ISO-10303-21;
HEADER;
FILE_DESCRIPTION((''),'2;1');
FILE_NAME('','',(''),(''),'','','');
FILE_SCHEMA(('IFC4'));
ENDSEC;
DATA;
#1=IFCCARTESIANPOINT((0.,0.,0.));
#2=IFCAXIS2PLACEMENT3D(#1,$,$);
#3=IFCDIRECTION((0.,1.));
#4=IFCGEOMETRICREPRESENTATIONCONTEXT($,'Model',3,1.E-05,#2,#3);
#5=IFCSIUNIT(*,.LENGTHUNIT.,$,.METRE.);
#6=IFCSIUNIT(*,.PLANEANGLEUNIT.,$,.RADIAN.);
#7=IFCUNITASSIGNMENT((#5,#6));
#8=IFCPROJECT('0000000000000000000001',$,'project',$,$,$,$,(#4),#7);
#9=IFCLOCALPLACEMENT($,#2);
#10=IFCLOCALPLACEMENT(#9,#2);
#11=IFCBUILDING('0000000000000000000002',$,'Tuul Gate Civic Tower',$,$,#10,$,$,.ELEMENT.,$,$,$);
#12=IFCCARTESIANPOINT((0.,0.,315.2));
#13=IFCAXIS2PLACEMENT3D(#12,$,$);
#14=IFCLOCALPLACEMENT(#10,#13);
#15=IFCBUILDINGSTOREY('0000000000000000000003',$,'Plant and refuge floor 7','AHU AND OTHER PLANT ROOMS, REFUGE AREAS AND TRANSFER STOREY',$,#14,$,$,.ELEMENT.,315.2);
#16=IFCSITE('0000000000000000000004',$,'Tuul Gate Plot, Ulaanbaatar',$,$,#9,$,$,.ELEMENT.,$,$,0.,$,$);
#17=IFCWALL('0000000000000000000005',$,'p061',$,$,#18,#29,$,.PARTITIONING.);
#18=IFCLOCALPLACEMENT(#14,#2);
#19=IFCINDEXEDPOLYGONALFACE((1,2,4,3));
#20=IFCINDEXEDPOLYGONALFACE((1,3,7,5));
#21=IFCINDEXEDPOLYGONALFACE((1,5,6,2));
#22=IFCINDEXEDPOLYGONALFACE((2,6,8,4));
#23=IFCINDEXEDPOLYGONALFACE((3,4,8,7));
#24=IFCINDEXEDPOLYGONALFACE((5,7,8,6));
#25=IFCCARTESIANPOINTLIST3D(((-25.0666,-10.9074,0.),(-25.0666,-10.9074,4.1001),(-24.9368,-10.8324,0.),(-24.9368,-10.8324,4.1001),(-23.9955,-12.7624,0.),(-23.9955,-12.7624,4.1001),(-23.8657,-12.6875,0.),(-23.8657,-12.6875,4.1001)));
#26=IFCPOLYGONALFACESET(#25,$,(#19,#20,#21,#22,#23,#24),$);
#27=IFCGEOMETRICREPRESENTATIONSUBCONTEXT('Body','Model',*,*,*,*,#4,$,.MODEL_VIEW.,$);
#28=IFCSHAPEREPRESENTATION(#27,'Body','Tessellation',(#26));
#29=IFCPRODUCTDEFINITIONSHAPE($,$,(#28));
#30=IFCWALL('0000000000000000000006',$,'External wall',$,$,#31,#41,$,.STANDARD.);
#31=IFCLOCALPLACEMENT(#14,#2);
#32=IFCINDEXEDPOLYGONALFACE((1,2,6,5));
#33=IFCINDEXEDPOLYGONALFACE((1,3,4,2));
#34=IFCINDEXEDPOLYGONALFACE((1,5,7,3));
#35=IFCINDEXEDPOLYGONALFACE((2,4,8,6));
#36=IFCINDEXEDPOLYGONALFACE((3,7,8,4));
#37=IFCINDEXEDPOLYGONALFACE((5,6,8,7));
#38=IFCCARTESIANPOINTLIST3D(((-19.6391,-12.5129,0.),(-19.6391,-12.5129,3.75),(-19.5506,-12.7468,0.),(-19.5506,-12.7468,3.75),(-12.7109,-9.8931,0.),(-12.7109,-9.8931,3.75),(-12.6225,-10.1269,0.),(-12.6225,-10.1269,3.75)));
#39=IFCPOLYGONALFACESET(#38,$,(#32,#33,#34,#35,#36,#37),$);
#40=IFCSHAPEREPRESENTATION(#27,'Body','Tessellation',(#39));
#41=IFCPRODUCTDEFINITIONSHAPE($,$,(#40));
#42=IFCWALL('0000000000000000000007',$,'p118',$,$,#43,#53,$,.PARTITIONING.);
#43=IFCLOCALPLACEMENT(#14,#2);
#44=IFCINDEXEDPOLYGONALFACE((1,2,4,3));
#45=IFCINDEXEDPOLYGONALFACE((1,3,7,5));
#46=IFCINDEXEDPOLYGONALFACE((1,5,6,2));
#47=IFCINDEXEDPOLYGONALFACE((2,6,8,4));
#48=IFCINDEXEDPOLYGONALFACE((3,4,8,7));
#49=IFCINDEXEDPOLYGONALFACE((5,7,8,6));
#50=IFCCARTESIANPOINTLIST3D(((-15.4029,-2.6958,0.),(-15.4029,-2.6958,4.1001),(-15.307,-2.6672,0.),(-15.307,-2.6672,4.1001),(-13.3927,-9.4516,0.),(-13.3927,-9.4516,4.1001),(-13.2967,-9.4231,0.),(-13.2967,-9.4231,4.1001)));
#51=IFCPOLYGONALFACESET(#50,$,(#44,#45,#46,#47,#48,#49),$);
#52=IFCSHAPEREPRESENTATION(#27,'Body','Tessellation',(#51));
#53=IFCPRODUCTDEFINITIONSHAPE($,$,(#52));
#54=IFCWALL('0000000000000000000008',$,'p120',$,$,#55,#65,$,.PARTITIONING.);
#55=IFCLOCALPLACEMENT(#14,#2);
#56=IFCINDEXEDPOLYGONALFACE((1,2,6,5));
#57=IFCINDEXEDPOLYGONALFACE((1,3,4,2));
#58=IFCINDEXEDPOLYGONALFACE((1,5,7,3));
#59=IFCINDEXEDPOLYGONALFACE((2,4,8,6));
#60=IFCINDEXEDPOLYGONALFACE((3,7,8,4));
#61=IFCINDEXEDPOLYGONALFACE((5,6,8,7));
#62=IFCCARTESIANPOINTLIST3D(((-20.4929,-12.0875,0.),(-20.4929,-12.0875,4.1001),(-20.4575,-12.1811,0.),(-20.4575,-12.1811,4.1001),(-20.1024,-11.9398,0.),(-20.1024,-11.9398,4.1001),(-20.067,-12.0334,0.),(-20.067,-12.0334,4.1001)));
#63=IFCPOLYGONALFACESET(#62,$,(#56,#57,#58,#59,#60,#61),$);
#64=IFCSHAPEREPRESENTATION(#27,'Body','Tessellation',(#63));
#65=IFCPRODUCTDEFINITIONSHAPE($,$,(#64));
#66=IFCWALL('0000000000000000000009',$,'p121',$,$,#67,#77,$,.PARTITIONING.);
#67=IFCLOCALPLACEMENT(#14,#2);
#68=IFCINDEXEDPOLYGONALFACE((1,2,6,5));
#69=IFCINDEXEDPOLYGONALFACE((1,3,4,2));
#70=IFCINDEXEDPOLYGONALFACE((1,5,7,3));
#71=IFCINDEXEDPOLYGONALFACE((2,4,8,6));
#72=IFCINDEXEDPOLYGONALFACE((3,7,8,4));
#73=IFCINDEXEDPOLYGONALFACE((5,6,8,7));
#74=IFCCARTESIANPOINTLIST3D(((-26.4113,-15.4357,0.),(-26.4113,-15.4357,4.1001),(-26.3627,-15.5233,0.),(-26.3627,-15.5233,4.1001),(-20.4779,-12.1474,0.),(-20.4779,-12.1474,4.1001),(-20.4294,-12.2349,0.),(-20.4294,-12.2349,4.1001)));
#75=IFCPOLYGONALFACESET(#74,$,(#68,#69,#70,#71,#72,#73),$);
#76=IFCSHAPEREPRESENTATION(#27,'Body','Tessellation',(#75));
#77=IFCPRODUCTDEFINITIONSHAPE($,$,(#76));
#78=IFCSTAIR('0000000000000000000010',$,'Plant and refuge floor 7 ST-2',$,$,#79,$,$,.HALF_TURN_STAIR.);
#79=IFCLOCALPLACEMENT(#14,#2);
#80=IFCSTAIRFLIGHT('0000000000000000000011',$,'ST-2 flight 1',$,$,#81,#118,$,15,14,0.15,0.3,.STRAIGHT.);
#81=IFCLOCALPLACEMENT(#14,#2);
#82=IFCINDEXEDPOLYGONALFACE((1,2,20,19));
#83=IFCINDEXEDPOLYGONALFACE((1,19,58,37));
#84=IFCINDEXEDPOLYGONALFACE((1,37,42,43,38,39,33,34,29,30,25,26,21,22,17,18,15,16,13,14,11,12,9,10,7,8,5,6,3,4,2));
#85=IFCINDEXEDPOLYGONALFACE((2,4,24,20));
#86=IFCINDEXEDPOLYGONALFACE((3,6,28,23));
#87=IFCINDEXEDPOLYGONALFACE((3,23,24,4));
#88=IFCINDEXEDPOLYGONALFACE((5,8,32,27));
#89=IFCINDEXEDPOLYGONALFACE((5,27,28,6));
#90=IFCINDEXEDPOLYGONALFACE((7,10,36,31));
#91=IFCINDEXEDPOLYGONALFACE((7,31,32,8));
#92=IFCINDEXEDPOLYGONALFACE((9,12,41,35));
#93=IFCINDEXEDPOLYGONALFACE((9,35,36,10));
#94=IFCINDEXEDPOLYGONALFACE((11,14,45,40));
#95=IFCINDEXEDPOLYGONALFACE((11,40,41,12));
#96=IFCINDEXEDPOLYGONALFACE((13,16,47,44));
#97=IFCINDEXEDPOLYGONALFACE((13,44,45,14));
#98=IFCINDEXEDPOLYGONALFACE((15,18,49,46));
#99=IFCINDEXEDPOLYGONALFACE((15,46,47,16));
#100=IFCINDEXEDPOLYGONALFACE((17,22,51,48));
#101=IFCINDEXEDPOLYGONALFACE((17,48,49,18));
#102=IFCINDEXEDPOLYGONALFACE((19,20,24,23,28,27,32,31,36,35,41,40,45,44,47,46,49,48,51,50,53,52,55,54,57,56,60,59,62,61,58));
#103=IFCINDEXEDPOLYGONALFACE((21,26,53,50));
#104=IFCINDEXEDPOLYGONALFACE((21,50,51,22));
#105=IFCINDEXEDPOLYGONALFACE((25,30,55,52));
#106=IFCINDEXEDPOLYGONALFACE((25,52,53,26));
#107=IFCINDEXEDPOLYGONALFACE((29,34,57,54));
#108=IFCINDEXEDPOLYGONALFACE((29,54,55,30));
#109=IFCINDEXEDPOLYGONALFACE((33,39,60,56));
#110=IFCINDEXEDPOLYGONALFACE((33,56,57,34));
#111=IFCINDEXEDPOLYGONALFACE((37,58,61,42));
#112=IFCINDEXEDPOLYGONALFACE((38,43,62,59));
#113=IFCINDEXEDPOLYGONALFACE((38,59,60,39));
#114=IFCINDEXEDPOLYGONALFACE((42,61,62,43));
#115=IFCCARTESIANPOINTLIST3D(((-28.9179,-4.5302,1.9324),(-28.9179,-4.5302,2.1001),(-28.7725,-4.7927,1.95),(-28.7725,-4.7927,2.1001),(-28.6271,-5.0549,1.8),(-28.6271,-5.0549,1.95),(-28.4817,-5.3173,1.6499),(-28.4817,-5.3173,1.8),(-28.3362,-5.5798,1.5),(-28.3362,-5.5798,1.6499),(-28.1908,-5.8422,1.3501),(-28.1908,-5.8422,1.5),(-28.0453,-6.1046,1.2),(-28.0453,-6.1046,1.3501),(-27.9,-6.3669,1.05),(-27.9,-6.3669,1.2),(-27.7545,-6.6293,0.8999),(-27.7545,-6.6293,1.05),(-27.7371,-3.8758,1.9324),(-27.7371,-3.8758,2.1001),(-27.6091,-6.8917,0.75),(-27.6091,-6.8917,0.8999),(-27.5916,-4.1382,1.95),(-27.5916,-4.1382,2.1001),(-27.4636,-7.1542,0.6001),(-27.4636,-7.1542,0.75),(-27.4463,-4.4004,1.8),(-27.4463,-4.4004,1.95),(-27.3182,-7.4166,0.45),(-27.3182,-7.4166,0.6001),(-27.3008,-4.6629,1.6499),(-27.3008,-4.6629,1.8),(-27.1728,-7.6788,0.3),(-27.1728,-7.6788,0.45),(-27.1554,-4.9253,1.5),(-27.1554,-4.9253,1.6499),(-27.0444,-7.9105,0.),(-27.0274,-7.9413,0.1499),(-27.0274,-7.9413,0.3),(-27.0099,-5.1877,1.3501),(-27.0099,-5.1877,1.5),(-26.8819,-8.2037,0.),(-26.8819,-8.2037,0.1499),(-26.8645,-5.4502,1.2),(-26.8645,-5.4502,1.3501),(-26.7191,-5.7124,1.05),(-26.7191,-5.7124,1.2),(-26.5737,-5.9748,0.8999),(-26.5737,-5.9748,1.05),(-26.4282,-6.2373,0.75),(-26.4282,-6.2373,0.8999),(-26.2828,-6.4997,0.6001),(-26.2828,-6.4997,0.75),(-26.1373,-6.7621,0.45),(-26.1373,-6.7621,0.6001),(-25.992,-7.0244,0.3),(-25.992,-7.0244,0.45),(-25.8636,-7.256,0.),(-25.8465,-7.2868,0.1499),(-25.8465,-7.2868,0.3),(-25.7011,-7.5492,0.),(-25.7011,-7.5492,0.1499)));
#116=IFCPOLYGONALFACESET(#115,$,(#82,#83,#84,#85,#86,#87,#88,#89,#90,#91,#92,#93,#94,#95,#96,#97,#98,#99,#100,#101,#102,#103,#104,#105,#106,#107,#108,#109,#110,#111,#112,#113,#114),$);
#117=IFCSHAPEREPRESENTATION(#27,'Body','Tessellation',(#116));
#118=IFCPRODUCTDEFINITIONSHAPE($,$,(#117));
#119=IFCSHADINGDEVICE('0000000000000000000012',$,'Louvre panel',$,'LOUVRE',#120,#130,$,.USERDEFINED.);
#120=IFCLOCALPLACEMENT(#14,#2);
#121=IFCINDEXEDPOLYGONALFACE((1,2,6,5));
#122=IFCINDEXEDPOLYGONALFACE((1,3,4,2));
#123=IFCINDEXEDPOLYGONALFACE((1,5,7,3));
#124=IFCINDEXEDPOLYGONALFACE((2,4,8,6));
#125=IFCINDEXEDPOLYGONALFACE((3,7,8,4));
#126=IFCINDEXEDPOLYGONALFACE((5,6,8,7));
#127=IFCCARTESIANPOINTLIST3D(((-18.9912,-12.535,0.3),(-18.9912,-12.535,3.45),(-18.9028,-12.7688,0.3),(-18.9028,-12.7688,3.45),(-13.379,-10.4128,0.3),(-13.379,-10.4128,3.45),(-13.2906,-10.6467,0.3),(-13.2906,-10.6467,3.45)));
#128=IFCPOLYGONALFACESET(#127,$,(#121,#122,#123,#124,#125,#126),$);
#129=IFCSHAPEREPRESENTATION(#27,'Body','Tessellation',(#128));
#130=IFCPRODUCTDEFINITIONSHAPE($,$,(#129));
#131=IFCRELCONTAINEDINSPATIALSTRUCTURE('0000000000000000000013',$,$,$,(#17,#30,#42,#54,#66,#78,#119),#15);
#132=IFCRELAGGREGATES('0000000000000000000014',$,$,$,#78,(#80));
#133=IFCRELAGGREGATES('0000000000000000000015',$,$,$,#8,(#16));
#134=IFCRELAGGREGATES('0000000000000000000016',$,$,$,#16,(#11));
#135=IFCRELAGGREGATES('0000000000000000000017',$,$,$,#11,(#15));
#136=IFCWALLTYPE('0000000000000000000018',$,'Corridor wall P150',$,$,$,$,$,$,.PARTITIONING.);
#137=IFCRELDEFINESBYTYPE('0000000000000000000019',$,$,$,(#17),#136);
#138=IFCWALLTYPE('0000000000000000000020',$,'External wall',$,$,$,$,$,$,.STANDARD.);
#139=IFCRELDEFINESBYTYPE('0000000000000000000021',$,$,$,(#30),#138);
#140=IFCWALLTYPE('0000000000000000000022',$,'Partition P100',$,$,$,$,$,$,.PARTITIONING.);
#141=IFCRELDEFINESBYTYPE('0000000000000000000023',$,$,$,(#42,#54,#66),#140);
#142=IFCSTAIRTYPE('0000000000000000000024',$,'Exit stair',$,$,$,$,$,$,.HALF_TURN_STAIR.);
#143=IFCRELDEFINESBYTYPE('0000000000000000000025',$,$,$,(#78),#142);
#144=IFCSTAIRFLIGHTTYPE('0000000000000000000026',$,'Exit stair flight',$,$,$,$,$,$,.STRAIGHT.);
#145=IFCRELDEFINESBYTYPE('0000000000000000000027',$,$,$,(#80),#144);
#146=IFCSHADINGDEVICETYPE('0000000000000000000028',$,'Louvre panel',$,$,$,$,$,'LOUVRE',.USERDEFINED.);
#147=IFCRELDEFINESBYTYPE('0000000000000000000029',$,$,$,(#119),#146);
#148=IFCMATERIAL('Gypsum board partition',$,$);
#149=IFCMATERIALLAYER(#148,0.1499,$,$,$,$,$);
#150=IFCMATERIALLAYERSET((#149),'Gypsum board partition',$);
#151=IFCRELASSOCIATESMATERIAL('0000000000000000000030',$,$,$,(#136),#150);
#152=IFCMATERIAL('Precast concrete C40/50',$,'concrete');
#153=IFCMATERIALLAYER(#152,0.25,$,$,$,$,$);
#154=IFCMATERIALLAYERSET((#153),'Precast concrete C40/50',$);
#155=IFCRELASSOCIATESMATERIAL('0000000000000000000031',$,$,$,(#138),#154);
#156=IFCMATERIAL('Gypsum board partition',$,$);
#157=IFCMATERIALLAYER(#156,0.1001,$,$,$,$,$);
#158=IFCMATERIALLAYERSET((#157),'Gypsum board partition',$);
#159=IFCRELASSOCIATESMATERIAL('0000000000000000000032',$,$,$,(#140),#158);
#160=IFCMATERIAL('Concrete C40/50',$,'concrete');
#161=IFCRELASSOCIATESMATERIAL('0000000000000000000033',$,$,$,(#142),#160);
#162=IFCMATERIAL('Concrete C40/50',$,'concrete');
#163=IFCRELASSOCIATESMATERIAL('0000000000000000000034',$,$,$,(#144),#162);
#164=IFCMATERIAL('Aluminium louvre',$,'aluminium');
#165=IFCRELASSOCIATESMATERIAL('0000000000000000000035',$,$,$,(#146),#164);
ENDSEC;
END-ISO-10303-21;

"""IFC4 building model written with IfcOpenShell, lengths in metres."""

from ifc_helpers import new_model, si_unit, direction, frame, frame_2d, origin, origin_2d, place, context, subcontext, project, spatial, polyline, rectangle, outline, extrude, material, layer, layer_set, type_object, element, aggregate, save


model = new_model("IFC4")

# Units and contexts
model_context = context("Model", 3, precision=1e-05, world=origin(), true_north=direction((0.0, 1.0)))
body_context = subcontext(model_context, "Body", "Model", "MODEL_VIEW")
ifc_project = project(units=[si_unit("LENGTHUNIT", "METRE"), si_unit("PLANEANGLEUNIT", "RADIAN")], contexts=[model_context])

# Site, building, storey
site_placement = place(None, origin())
site = spatial("IfcSite", under=ifc_project, at=site_placement, Name="Tuul Gate Plot, Ulaanbaatar", CompositionType="ELEMENT", RefElevation=0.0)
building_placement = place(site_placement, origin())
building = spatial("IfcBuilding", under=site, at=building_placement, Name="Tuul Gate Civic Tower", CompositionType="ELEMENT")
storey_placement = place(building_placement, frame((0.0, 0.0, 315.2)))
storey = spatial("IfcBuildingStorey", under=building, at=storey_placement, Name="Plant and refuge floor 7", Description="AHU AND OTHER PLANT ROOMS, REFUGE AREAS AND TRANSFER STOREY", CompositionType="ELEMENT", Elevation=315.2)

# Shared definitions
ifc_material_1 = material(Name="Gypsum board partition")
ifc_layer_1 = layer(ifc_material_1, 0.1499)
ifc_layer_set_1 = layer_set([ifc_layer_1], Name="Gypsum board partition")
wall_type_1 = type_object("IfcWallType", Name="Corridor wall P150", PredefinedType="PARTITIONING", material=ifc_layer_set_1)

# Walls
wall_1_placement = place(storey_placement, frame((-25.0017, -10.8699, 0.0), z_axis=(0.0, 0.0, 1.0), x_axis=(0.500025, -0.866011, 0.0)))
element("IfcWall", 1, at=wall_1_placement, inside=storey, type_object=wall_type_1, Name="p061", PredefinedType="PARTITIONING", context=body_context, shape_type="SweptSolid", body=[
    extrude(rectangle(XDim=2.1421, YDim=0.1499, at=frame_2d((1.071, 0.0))), origin(), (0.0, 0.0, 1.0), 4.1001),
])
ifc_material_2 = material(Name="Precast concrete C40/50", Category="concrete")
ifc_layer_2 = layer(ifc_material_2, 0.25)
ifc_layer_set_2 = layer_set([ifc_layer_2], Name="Precast concrete C40/50")
wall_type_2 = type_object("IfcWallType", Name="External wall", PredefinedType="STANDARD", material=ifc_layer_set_2)
wall_2_placement = place(storey_placement, frame((-19.595, -12.6299, 0.0), z_axis=(0.0, 0.0, 1.0), x_axis=(0.935358, 0.353701, 0.0)))
element("IfcWall", 2, at=wall_2_placement, inside=storey, type_object=wall_type_2, Name="External wall", PredefinedType="STANDARD", context=body_context, shape_type="SweptSolid", body=[
    extrude(rectangle(XDim=7.407, YDim=0.25, at=frame_2d((3.7036, 0.0))), origin(), (0.0, 0.0, 1.0), 3.75),
])
ifc_material_3 = material(Name="Gypsum board partition")
ifc_layer_3 = layer(ifc_material_3, 0.1001)
ifc_layer_set_3 = layer_set([ifc_layer_3], Name="Gypsum board partition")
wall_type_3 = type_object("IfcWallType", Name="Partition P100", PredefinedType="PARTITIONING", material=ifc_layer_set_3)
wall_3_placement = place(storey_placement, frame((-15.355, -2.6814, 0.0), z_axis=(0.0, 0.0, 1.0), x_axis=(0.285199, -0.958468, 0.0)))
element("IfcWall", 3, at=wall_3_placement, inside=storey, type_object=wall_type_3, Name="p118", PredefinedType="PARTITIONING", context=body_context, shape_type="SweptSolid", body=[
    extrude(rectangle(XDim=7.0486, YDim=0.1001, at=frame_2d((3.5244, 0.0))), origin(), (0.0, 0.0, 1.0), 4.1001),
])
wall_4_placement = place(storey_placement, frame((-20.0847, -11.9866, 0.0), z_axis=(0.0, 0.0, 1.0), x_axis=(-0.935291, -0.353878, 0.0)))
element("IfcWall", 4, at=wall_4_placement, inside=storey, type_object=wall_type_3, Name="p120", PredefinedType="PARTITIONING", context=body_context, shape_type="SweptSolid", body=[
    extrude(rectangle(XDim=0.4175, YDim=0.1001, at=frame_2d((0.2087, 0.0))), origin(), (0.0, 0.0, 1.0), 4.1001),
])
wall_5_placement = place(storey_placement, frame((-20.4536, -12.1912, 0.0), z_axis=(0.0, 0.0, 1.0), x_axis=(-0.874656, -0.484744, 0.0)))
element("IfcWall", 5, at=wall_5_placement, inside=storey, type_object=wall_type_3, Name="p121", PredefinedType="PARTITIONING", context=body_context, shape_type="SweptSolid", body=[
    extrude(rectangle(XDim=6.7837, YDim=0.1001, at=frame_2d((3.3918, 0.0))), origin(), (0.0, 0.0, 1.0), 4.1001),
])

# Stair, stair flight
ifc_material_4 = material(Name="Concrete C40/50", Category="concrete")
stair_type = type_object("IfcStairType", Name="Exit stair", PredefinedType="HALF_TURN_STAIR", material=ifc_material_4)
stair_placement = place(storey_placement, origin())
stair = element("IfcStair", 6, at=stair_placement, inside=storey, type_object=stair_type, Name="Plant and refuge floor 7 ST-2", PredefinedType="HALF_TURN_STAIR")
ifc_material_5 = material(Name="Concrete C40/50", Category="concrete")
stair_flight_type = type_object("IfcStairFlightType", Name="Exit stair flight", PredefinedType="STRAIGHT", material=ifc_material_5)
stair_flight_placement = place(storey_placement, frame((-26.2915, -7.8765, 0.0), z_axis=(0.0, 0.0, 1.0), x_axis=(-0.484762, 0.874646, 0.0)))
stair_flight = element("IfcStairFlight", 7, at=stair_flight_placement, type_object=stair_flight_type, Name="ST-2 flight 1", NumberOfRisers=15, NumberOfTreads=14, PredefinedType="STRAIGHT", RiserHeight=0.15, TreadLength=0.3, context=body_context, shape_type="SweptSolid", body=[
    extrude(outline(polyline([(0.0, 0.0), (0.0, 0.1499), (0.3, 0.1499), (0.3, 0.3), (0.6001, 0.3), (0.6001, 0.45), (0.8999, 0.45), (0.8999, 0.6001), (1.2, 0.6001), (1.2, 0.75), (1.5, 0.75), (1.5, 0.8999), (1.8, 0.8999), (1.8, 1.05), (2.1001, 1.05), (2.1001, 1.2), (2.3999, 1.2), (2.3999, 1.3501), (2.7, 1.3501), (2.7, 1.5), (3.0, 1.5), (3.0, 1.6499), (3.3, 1.6499), (3.3, 1.8), (3.6001, 1.8), (3.6001, 1.95), (3.8999, 1.95), (3.8999, 2.1001), (4.2, 2.1001), (4.2, 2.25), (4.2, 1.9324), (0.3352, 0.0), (0.0, 0.0)])), frame((0.0, 0.675, 0.0), z_axis=(0.0, -1.0, 0.0), x_axis=(1.0, 0.0, 0.0)), (0.0, 0.0, 1.0), 1.3501),
])
aggregate(stair, [stair_flight])

# Shading device
ifc_material_6 = material(Name="Aluminium louvre", Category="aluminium")
shading_device_type = type_object("IfcShadingDeviceType", Name="Louvre panel", ElementType="LOUVRE", PredefinedType="USERDEFINED", material=ifc_material_6)
shading_device_placement = place(storey_placement, frame((-16.1409, -11.5908, 0.3), z_axis=(0.0, 0.0, 1.0), x_axis=(0.353685, -0.935365, 0.0)))
element("IfcShadingDevice", 8, at=shading_device_placement, inside=storey, type_object=shading_device_type, Name="Louvre panel", ObjectType="LOUVRE", PredefinedType="USERDEFINED", context=body_context, shape_type="SweptSolid", body=[
    extrude(rectangle(XDim=0.25, YDim=6.0, at=origin_2d()), origin(), (0.0, 0.0, 1.0), 3.1499),
])

save(model, "model.ifc")
